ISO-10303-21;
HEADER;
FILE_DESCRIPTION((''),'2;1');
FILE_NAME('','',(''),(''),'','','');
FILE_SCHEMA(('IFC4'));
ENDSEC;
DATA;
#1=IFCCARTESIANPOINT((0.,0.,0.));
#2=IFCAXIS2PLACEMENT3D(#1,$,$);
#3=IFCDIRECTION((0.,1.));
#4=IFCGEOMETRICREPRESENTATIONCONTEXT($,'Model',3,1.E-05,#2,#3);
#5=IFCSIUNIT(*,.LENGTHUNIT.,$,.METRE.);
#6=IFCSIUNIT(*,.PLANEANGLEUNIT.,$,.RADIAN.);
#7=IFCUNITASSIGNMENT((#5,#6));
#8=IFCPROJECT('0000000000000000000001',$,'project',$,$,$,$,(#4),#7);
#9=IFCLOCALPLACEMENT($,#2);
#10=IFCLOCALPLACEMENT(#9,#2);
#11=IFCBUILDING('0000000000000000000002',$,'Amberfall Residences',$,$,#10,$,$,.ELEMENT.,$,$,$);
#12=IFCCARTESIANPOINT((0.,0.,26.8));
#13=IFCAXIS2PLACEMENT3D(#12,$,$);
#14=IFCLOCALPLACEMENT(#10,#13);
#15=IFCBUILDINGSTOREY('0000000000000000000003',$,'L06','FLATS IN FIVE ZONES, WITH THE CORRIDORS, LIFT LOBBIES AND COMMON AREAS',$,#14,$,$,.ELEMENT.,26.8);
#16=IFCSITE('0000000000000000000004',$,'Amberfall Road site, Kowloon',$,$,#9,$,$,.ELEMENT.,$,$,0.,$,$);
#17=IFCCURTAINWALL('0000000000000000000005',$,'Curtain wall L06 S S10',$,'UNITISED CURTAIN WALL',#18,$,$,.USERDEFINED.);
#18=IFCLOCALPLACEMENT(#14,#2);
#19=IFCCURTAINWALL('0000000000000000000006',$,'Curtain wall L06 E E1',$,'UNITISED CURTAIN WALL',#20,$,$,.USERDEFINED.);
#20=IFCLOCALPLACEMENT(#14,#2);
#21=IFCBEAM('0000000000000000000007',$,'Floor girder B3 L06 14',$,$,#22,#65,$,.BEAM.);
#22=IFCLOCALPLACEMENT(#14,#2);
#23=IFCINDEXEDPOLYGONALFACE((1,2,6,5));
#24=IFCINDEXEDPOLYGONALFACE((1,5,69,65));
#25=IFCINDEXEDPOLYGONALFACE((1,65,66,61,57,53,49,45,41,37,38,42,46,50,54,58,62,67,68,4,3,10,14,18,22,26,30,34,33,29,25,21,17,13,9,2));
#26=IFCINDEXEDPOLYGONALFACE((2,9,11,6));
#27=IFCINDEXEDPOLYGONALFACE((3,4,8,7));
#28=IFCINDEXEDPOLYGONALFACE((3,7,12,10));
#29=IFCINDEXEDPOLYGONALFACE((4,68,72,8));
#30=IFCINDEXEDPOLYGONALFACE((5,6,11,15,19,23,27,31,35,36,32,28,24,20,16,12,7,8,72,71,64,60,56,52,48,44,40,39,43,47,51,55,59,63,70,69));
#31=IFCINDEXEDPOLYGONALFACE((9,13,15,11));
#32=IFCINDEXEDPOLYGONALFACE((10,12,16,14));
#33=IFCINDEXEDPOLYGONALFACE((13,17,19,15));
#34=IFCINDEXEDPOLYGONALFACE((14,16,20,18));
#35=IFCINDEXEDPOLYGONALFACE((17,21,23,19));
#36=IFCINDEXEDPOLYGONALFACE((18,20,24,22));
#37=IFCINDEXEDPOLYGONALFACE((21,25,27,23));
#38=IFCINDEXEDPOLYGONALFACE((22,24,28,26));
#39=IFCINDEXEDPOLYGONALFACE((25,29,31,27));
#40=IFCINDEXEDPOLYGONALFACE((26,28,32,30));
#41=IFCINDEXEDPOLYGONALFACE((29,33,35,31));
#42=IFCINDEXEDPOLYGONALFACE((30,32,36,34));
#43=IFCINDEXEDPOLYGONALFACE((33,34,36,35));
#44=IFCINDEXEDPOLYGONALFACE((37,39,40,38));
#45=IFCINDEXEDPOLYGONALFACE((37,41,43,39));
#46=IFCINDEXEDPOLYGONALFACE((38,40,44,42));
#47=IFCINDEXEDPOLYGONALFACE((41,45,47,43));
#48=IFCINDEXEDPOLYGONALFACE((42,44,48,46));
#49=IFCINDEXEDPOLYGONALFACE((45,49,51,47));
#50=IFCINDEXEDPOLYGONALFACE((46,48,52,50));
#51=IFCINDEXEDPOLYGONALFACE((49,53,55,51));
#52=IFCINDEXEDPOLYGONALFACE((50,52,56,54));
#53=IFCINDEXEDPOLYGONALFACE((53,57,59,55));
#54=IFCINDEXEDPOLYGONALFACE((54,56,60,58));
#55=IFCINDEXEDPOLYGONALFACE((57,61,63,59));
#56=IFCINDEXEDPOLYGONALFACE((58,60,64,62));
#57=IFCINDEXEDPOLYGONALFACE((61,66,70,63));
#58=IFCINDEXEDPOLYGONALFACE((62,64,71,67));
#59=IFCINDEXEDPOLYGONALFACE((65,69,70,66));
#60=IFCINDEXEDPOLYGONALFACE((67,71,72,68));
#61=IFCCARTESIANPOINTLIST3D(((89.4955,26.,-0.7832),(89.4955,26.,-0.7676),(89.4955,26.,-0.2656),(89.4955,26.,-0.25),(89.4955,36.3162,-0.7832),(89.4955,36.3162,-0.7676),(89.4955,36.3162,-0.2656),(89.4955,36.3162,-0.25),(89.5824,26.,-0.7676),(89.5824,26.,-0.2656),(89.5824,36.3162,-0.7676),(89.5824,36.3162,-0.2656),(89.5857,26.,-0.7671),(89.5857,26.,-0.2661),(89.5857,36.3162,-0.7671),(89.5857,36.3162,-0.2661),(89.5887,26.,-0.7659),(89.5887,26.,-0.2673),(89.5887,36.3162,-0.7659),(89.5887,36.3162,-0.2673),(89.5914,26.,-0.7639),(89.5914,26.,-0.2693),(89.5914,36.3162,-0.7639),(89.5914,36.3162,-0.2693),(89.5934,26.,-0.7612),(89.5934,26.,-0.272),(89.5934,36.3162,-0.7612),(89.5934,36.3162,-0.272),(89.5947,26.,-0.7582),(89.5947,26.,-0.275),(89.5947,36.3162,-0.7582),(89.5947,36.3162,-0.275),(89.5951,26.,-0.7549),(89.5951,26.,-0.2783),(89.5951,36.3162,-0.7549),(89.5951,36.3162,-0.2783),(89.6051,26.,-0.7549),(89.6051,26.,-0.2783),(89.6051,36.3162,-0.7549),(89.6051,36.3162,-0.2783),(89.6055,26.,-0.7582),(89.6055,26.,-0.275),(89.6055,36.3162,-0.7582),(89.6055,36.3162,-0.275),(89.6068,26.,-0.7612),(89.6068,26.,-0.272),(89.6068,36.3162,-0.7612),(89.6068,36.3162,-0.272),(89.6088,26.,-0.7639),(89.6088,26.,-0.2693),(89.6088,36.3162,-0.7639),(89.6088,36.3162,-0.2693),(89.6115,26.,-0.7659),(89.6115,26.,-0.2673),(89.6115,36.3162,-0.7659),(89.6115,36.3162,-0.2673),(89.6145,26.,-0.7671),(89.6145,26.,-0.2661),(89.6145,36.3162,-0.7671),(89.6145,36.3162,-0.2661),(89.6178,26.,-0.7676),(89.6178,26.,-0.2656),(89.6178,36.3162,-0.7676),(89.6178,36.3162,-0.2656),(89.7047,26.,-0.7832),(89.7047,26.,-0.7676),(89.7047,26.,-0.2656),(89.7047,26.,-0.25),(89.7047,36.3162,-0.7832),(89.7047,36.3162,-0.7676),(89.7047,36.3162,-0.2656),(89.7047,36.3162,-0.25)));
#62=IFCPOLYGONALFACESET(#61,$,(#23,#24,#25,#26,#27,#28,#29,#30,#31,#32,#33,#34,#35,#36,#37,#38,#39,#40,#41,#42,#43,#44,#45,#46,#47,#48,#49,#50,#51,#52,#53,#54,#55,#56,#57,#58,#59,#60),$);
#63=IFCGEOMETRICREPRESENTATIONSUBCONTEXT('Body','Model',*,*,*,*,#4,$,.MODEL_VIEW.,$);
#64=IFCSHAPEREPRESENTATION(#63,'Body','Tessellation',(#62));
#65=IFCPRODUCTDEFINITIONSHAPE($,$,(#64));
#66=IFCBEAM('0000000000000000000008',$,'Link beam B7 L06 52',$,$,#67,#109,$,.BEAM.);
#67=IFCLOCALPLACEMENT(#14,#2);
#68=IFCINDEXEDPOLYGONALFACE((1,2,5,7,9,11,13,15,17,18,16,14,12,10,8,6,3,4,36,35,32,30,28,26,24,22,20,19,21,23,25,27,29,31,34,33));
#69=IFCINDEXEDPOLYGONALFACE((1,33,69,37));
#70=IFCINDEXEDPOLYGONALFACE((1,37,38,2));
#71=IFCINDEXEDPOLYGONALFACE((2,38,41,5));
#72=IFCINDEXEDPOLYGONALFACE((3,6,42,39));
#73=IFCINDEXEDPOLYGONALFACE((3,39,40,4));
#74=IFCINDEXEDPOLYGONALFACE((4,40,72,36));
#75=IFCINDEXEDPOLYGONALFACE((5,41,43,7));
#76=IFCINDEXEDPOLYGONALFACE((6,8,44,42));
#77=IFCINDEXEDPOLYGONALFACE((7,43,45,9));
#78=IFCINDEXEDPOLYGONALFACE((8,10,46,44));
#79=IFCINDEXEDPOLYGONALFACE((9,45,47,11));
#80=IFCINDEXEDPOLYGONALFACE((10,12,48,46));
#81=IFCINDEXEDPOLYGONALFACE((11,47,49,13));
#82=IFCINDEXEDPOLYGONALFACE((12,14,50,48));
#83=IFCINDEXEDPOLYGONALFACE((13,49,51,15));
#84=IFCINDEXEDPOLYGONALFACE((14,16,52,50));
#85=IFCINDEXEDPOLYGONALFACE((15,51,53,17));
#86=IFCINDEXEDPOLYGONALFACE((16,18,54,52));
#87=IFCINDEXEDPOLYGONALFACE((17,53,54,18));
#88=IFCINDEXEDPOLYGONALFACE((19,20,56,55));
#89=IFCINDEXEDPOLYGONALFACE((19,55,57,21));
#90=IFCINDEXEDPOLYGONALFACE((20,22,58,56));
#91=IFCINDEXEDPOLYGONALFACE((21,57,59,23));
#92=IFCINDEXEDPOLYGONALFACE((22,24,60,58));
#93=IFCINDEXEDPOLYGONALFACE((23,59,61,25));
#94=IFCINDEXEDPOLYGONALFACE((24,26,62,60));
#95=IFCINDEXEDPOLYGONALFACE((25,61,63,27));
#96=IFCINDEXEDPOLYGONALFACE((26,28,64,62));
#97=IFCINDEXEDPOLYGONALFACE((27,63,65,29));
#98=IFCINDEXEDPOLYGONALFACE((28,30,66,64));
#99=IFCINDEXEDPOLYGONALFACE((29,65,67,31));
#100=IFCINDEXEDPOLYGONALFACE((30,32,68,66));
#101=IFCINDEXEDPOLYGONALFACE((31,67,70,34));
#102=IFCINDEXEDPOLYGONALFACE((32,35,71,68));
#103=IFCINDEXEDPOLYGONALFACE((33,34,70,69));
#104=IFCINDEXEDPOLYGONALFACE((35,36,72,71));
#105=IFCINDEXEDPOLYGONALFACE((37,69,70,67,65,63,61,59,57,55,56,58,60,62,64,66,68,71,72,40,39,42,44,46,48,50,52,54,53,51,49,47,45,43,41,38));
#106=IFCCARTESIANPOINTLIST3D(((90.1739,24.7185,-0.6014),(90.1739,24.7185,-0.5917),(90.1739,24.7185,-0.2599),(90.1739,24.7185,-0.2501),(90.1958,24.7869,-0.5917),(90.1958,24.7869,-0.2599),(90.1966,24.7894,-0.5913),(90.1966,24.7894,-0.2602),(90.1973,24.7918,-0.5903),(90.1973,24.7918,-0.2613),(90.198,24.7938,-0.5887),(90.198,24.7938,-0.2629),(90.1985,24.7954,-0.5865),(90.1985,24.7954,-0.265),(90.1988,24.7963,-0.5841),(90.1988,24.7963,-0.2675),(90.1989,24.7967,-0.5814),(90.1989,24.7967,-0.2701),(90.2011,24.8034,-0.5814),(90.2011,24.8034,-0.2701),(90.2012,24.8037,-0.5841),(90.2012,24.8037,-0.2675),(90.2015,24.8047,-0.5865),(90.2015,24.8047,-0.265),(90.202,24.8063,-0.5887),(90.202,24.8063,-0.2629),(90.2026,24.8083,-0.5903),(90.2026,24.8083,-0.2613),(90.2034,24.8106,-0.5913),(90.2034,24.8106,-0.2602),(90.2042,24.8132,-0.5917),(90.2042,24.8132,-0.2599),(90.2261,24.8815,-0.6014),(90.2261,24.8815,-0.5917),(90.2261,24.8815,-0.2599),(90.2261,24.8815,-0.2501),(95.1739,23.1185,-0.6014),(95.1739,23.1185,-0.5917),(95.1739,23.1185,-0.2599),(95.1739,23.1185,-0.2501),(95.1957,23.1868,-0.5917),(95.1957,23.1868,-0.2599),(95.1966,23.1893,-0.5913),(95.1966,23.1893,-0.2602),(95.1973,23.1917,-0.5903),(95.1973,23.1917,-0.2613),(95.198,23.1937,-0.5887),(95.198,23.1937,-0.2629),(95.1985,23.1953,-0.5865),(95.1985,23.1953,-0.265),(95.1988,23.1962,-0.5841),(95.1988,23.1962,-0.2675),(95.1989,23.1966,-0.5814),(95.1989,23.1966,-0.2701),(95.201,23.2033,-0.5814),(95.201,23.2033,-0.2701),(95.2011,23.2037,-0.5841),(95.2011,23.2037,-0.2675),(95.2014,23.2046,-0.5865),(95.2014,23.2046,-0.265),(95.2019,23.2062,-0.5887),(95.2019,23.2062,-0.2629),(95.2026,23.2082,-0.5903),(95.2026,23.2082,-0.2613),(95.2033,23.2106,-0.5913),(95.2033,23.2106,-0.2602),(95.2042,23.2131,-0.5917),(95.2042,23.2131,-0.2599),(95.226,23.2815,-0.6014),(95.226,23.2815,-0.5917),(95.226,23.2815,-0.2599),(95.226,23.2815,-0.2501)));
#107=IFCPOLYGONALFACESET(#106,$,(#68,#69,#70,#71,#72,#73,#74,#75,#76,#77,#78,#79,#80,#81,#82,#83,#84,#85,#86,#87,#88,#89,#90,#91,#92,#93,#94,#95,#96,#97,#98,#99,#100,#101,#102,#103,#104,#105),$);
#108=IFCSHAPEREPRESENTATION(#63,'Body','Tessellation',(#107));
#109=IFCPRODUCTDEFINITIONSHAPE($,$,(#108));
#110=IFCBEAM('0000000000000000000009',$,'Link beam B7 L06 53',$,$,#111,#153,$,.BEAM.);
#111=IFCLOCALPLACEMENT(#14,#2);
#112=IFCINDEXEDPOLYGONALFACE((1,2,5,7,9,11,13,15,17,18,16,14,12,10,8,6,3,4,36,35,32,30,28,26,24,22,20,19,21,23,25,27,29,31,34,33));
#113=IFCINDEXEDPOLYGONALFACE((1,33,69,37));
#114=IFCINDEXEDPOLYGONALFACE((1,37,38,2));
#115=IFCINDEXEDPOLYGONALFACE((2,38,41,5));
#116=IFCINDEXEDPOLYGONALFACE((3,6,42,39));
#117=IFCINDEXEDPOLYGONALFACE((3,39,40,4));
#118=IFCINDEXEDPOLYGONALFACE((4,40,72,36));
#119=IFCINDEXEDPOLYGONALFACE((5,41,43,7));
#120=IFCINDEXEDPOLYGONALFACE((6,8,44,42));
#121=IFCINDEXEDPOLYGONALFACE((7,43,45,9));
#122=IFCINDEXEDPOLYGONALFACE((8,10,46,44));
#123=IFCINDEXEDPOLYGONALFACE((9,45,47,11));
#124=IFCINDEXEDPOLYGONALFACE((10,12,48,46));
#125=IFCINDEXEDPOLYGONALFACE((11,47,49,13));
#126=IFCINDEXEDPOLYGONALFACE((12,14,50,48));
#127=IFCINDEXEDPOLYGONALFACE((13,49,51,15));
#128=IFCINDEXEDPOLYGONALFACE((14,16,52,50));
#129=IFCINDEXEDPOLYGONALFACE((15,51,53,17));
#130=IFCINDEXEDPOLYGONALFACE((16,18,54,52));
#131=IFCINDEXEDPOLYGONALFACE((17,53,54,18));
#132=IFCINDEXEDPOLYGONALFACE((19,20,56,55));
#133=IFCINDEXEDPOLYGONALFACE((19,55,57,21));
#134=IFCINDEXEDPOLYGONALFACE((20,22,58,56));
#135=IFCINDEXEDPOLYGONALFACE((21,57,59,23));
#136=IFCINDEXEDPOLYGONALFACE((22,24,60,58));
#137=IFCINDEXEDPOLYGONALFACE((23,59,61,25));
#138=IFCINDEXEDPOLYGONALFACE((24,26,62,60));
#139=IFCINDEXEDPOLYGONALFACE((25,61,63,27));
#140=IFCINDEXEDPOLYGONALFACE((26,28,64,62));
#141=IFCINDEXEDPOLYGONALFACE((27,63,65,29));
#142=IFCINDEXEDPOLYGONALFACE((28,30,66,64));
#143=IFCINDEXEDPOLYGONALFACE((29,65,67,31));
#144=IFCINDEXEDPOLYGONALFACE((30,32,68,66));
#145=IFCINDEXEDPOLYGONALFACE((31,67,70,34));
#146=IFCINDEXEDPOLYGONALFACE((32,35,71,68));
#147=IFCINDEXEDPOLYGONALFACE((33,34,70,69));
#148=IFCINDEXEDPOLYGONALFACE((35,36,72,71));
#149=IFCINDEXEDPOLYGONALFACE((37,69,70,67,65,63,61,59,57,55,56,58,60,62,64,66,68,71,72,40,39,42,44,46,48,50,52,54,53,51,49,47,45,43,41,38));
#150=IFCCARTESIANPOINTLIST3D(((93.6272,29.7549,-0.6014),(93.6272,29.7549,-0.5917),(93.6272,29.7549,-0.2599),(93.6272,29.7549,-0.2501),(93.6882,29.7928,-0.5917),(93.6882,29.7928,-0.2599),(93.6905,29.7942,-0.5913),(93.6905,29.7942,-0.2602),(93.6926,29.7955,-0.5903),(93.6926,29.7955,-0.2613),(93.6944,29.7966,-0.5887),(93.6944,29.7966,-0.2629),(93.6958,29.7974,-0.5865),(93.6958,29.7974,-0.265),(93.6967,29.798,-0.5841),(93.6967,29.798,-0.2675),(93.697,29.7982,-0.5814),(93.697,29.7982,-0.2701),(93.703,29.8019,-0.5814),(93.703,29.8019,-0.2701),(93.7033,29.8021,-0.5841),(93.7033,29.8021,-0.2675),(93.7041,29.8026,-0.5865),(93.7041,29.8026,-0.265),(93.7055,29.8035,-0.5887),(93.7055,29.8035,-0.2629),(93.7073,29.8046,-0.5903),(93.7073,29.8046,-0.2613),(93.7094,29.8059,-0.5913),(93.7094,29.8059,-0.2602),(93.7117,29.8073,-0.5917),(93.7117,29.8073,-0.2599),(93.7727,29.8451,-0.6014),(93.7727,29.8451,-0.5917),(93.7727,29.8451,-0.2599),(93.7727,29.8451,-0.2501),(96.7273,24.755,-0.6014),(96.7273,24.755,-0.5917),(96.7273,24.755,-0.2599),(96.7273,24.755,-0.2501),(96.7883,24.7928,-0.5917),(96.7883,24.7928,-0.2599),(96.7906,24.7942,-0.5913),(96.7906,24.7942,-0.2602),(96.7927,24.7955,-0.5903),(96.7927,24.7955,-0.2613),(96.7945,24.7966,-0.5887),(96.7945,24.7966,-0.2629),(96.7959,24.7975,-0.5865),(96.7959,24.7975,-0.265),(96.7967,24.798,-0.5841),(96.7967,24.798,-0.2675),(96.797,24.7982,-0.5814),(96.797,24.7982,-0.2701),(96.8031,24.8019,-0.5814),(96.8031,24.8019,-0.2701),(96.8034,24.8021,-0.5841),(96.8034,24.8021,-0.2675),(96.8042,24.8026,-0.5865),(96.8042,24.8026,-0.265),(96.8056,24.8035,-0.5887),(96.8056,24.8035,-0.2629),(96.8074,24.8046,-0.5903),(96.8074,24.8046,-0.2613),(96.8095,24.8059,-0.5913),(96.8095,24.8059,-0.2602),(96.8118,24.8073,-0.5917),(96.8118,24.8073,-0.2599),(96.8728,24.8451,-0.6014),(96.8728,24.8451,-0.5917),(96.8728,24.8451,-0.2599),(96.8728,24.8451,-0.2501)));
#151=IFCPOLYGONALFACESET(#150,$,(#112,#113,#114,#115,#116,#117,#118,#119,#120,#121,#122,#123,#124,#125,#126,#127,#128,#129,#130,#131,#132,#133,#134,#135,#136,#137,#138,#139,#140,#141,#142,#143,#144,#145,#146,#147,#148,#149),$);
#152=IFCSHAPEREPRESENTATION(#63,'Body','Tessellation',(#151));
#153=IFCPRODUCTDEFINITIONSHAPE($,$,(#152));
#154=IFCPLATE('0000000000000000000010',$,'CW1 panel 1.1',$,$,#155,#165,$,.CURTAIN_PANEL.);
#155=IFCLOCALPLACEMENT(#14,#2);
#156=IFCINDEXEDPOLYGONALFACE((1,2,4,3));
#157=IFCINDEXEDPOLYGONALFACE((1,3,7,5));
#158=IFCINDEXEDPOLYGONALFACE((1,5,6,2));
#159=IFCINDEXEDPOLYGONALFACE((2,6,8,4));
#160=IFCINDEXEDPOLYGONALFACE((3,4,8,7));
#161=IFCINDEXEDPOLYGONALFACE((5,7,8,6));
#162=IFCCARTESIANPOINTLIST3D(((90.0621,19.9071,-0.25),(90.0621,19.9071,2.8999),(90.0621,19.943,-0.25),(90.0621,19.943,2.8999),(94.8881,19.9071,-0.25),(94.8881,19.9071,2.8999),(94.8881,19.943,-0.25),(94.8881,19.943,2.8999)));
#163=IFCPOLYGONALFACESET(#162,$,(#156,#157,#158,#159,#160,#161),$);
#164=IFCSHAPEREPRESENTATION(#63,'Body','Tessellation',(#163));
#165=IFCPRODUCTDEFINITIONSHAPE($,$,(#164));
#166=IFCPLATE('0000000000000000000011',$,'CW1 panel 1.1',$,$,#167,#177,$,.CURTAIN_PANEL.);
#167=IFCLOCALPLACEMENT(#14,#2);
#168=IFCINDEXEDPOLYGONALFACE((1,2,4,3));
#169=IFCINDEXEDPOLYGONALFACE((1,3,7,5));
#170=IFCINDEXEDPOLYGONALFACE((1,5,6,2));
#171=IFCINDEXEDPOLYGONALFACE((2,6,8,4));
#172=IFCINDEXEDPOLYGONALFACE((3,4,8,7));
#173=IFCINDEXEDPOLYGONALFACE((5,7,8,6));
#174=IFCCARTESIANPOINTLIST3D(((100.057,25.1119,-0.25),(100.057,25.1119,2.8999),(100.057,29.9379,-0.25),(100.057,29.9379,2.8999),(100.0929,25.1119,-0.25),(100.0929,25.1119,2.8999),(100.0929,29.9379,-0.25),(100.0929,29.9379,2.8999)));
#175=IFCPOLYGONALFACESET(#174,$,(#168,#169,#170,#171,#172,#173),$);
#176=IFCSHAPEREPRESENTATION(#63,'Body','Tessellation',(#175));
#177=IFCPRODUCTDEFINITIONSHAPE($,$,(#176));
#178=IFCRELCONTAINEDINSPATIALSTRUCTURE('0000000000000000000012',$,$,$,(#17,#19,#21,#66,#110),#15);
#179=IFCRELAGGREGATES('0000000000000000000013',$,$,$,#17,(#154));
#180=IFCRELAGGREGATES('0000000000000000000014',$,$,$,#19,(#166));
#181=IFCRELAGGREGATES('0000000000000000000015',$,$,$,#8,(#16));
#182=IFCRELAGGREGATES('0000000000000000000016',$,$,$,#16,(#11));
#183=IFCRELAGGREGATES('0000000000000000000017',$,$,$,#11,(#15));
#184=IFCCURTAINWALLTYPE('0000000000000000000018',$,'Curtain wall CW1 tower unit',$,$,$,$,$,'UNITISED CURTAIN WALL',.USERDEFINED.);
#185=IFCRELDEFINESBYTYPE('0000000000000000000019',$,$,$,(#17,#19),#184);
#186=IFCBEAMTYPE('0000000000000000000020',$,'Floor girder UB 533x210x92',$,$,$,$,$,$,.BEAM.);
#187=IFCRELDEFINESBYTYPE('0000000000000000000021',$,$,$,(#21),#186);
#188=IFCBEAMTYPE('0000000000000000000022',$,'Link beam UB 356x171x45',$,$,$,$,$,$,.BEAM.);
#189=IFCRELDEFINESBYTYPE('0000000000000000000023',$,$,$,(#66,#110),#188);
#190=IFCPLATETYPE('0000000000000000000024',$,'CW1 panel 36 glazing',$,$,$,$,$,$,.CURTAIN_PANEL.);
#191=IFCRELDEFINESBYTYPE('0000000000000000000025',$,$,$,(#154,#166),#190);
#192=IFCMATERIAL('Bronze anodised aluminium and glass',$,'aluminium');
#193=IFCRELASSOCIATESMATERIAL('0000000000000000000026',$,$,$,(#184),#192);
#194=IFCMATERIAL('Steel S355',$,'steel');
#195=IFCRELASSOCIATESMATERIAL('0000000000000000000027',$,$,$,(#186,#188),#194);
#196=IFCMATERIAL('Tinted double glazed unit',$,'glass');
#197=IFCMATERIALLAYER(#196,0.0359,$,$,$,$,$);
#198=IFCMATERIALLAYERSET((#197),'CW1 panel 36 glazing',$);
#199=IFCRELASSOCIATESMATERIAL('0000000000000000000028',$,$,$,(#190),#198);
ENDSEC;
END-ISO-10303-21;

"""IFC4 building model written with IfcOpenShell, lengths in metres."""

from ifc_helpers import new_model, si_unit, direction, frame, origin, origin_2d, place, context, subcontext, project, spatial, rectangle, i_section, extrude, material, layer, layer_set, material_profile, profile_set, type_object, element, aggregate, save


model = new_model("IFC4")

# Units and contexts
model_context = context("Model", 3, precision=1e-05, world=origin(), true_north=direction((0.0, 1.0)))
body_context = subcontext(model_context, "Body", "Model", "MODEL_VIEW")
ifc_project = project(units=[si_unit("LENGTHUNIT", "METRE"), si_unit("PLANEANGLEUNIT", "RADIAN")], contexts=[model_context])

# Site, building, storey
site_placement = place(None, origin())
site = spatial("IfcSite", under=ifc_project, at=site_placement, Name="Amberfall Road site, Kowloon", CompositionType="ELEMENT", RefElevation=0.0)
building_placement = place(site_placement, origin())
building = spatial("IfcBuilding", under=site, at=building_placement, Name="Amberfall Residences", CompositionType="ELEMENT")
storey_placement = place(building_placement, frame((0.0, 0.0, 26.8)))
storey = spatial("IfcBuildingStorey", under=building, at=storey_placement, Name="L06", Description="FLATS IN FIVE ZONES, WITH THE CORRIDORS, LIFT LOBBIES AND COMMON AREAS", CompositionType="ELEMENT", Elevation=26.8)

# Curtain walls
ifc_material_1 = material(Name="Bronze anodised aluminium and glass", Category="aluminium")
curtain_wall_type = type_object("IfcCurtainWallType", Name="Curtain wall CW1 tower unit", ElementType="UNITISED CURTAIN WALL", PredefinedType="USERDEFINED", material=ifc_material_1)
curtain_wall_1_placement = place(storey_placement, origin())
curtain_wall_1 = element("IfcCurtainWall", 1, at=curtain_wall_1_placement, inside=storey, type_object=curtain_wall_type, Name="Curtain wall L06 S S10", ObjectType="UNITISED CURTAIN WALL", PredefinedType="USERDEFINED")
curtain_wall_2_placement = place(storey_placement, origin())
curtain_wall_2 = element("IfcCurtainWall", 2, at=curtain_wall_2_placement, inside=storey, type_object=curtain_wall_type, Name="Curtain wall L06 E E1", ObjectType="UNITISED CURTAIN WALL", PredefinedType="USERDEFINED")

# Beams
ifc_material_2 = material(Name="Steel S355", Category="steel")
ifc_material_profile_1 = material_profile(ifc_material_2, i_section(OverallWidth=0.2092, OverallDepth=0.5332, WebThickness=0.01, FlangeThickness=0.0156, FilletRadius=0.0127, at=origin_2d()), Name="UB 533x210x92")
ifc_profile_set_1 = profile_set([ifc_material_profile_1], Name="Steel S355")
beam_type_1 = type_object("IfcBeamType", Name="Floor girder UB 533x210x92", PredefinedType="BEAM", material=ifc_profile_set_1)
beam_1_placement = place(storey_placement, frame((89.6001, 26.0, -0.5166), z_axis=(0.0, 1.0, 0.0), x_axis=(-1.0, 0.0, 0.0)))
element("IfcBeam", 3, at=beam_1_placement, inside=storey, type_object=beam_type_1, Name="Floor girder B3 L06 14", PredefinedType="BEAM", context=body_context, shape_type="SweptSolid", body=[
    extrude(i_section(OverallWidth=0.2092, OverallDepth=0.5332, WebThickness=0.01, FlangeThickness=0.0156, FilletRadius=0.0127, at=origin_2d()), origin(), (0.0, 0.0, 1.0), 10.3162),
])
ifc_material_profile_2 = material_profile(ifc_material_2, i_section(OverallWidth=0.1711, OverallDepth=0.3513, WebThickness=0.0071, FlangeThickness=0.0098, FilletRadius=0.0103, at=origin_2d()), Name="UB 356x171x45")
ifc_profile_set_2 = profile_set([ifc_material_profile_2], Name="Steel S355")
beam_type_2 = type_object("IfcBeamType", Name="Link beam UB 356x171x45", PredefinedType="BEAM", material=ifc_profile_set_2)
beam_2_placement = place(storey_placement, frame((95.2, 23.2, -0.4258), z_axis=(-0.952419, 0.304793, 0.0), x_axis=(-0.304793, -0.952419, 0.0)))
element("IfcBeam", 4, at=beam_2_placement, inside=storey, type_object=beam_type_2, Name="Link beam B7 L06 52", PredefinedType="BEAM", context=body_context, shape_type="SweptSolid", body=[
    extrude(i_section(OverallWidth=0.1711, OverallDepth=0.3513, WebThickness=0.0071, FlangeThickness=0.0098, FilletRadius=0.0103, at=origin_2d()), origin(), (0.0, 0.0, 1.0), 5.2498),
])
beam_3_placement = place(storey_placement, frame((96.8, 24.8, -0.4258), z_axis=(-0.526952, 0.849895, 0.0), x_axis=(-0.849895, -0.526952, 0.0)))
element("IfcBeam", 5, at=beam_3_placement, inside=storey, type_object=beam_type_2, Name="Link beam B7 L06 53", PredefinedType="BEAM", context=body_context, shape_type="SweptSolid", body=[
    extrude(i_section(OverallWidth=0.1711, OverallDepth=0.3513, WebThickness=0.0071, FlangeThickness=0.0098, FilletRadius=0.0103, at=origin_2d()), origin(), (0.0, 0.0, 1.0), 5.8831),
])

# Plates
ifc_material_3 = material(Name="Tinted double glazed unit", Category="glass")
ifc_layer_1 = layer(ifc_material_3, 0.0359)
ifc_layer_set_1 = layer_set([ifc_layer_1], Name="CW1 panel 36 glazing")
plate_type = type_object("IfcPlateType", Name="CW1 panel 36 glazing", PredefinedType="CURTAIN_PANEL", material=ifc_layer_set_1)
plate_1_placement = place(storey_placement, frame((92.4751, 19.925, -0.25), z_axis=(0.0, 0.0, 1.0), x_axis=(1.0, 0.0, 0.0)))
plate_1 = element("IfcPlate", 6, at=plate_1_placement, type_object=plate_type, Name="CW1 panel 1.1", PredefinedType="CURTAIN_PANEL", context=body_context, shape_type="SweptSolid", body=[
    extrude(rectangle(XDim=4.8259, YDim=0.0359, at=origin_2d()), origin(), (0.0, 0.0, 1.0), 3.1499),
])
aggregate(curtain_wall_1, [plate_1])
plate_2_placement = place(storey_placement, frame((100.075, 27.5249, -0.25), z_axis=(0.0, 0.0, 1.0), x_axis=(0.0, 1.0, 0.0)))
plate_2 = element("IfcPlate", 7, at=plate_2_placement, type_object=plate_type, Name="CW1 panel 1.1", PredefinedType="CURTAIN_PANEL", context=body_context, shape_type="SweptSolid", body=[
    extrude(rectangle(XDim=4.8259, YDim=0.0359, at=origin_2d()), origin(), (0.0, 0.0, 1.0), 3.1499),
])
aggregate(curtain_wall_2, [plate_2])

save(model, "model.ifc")
